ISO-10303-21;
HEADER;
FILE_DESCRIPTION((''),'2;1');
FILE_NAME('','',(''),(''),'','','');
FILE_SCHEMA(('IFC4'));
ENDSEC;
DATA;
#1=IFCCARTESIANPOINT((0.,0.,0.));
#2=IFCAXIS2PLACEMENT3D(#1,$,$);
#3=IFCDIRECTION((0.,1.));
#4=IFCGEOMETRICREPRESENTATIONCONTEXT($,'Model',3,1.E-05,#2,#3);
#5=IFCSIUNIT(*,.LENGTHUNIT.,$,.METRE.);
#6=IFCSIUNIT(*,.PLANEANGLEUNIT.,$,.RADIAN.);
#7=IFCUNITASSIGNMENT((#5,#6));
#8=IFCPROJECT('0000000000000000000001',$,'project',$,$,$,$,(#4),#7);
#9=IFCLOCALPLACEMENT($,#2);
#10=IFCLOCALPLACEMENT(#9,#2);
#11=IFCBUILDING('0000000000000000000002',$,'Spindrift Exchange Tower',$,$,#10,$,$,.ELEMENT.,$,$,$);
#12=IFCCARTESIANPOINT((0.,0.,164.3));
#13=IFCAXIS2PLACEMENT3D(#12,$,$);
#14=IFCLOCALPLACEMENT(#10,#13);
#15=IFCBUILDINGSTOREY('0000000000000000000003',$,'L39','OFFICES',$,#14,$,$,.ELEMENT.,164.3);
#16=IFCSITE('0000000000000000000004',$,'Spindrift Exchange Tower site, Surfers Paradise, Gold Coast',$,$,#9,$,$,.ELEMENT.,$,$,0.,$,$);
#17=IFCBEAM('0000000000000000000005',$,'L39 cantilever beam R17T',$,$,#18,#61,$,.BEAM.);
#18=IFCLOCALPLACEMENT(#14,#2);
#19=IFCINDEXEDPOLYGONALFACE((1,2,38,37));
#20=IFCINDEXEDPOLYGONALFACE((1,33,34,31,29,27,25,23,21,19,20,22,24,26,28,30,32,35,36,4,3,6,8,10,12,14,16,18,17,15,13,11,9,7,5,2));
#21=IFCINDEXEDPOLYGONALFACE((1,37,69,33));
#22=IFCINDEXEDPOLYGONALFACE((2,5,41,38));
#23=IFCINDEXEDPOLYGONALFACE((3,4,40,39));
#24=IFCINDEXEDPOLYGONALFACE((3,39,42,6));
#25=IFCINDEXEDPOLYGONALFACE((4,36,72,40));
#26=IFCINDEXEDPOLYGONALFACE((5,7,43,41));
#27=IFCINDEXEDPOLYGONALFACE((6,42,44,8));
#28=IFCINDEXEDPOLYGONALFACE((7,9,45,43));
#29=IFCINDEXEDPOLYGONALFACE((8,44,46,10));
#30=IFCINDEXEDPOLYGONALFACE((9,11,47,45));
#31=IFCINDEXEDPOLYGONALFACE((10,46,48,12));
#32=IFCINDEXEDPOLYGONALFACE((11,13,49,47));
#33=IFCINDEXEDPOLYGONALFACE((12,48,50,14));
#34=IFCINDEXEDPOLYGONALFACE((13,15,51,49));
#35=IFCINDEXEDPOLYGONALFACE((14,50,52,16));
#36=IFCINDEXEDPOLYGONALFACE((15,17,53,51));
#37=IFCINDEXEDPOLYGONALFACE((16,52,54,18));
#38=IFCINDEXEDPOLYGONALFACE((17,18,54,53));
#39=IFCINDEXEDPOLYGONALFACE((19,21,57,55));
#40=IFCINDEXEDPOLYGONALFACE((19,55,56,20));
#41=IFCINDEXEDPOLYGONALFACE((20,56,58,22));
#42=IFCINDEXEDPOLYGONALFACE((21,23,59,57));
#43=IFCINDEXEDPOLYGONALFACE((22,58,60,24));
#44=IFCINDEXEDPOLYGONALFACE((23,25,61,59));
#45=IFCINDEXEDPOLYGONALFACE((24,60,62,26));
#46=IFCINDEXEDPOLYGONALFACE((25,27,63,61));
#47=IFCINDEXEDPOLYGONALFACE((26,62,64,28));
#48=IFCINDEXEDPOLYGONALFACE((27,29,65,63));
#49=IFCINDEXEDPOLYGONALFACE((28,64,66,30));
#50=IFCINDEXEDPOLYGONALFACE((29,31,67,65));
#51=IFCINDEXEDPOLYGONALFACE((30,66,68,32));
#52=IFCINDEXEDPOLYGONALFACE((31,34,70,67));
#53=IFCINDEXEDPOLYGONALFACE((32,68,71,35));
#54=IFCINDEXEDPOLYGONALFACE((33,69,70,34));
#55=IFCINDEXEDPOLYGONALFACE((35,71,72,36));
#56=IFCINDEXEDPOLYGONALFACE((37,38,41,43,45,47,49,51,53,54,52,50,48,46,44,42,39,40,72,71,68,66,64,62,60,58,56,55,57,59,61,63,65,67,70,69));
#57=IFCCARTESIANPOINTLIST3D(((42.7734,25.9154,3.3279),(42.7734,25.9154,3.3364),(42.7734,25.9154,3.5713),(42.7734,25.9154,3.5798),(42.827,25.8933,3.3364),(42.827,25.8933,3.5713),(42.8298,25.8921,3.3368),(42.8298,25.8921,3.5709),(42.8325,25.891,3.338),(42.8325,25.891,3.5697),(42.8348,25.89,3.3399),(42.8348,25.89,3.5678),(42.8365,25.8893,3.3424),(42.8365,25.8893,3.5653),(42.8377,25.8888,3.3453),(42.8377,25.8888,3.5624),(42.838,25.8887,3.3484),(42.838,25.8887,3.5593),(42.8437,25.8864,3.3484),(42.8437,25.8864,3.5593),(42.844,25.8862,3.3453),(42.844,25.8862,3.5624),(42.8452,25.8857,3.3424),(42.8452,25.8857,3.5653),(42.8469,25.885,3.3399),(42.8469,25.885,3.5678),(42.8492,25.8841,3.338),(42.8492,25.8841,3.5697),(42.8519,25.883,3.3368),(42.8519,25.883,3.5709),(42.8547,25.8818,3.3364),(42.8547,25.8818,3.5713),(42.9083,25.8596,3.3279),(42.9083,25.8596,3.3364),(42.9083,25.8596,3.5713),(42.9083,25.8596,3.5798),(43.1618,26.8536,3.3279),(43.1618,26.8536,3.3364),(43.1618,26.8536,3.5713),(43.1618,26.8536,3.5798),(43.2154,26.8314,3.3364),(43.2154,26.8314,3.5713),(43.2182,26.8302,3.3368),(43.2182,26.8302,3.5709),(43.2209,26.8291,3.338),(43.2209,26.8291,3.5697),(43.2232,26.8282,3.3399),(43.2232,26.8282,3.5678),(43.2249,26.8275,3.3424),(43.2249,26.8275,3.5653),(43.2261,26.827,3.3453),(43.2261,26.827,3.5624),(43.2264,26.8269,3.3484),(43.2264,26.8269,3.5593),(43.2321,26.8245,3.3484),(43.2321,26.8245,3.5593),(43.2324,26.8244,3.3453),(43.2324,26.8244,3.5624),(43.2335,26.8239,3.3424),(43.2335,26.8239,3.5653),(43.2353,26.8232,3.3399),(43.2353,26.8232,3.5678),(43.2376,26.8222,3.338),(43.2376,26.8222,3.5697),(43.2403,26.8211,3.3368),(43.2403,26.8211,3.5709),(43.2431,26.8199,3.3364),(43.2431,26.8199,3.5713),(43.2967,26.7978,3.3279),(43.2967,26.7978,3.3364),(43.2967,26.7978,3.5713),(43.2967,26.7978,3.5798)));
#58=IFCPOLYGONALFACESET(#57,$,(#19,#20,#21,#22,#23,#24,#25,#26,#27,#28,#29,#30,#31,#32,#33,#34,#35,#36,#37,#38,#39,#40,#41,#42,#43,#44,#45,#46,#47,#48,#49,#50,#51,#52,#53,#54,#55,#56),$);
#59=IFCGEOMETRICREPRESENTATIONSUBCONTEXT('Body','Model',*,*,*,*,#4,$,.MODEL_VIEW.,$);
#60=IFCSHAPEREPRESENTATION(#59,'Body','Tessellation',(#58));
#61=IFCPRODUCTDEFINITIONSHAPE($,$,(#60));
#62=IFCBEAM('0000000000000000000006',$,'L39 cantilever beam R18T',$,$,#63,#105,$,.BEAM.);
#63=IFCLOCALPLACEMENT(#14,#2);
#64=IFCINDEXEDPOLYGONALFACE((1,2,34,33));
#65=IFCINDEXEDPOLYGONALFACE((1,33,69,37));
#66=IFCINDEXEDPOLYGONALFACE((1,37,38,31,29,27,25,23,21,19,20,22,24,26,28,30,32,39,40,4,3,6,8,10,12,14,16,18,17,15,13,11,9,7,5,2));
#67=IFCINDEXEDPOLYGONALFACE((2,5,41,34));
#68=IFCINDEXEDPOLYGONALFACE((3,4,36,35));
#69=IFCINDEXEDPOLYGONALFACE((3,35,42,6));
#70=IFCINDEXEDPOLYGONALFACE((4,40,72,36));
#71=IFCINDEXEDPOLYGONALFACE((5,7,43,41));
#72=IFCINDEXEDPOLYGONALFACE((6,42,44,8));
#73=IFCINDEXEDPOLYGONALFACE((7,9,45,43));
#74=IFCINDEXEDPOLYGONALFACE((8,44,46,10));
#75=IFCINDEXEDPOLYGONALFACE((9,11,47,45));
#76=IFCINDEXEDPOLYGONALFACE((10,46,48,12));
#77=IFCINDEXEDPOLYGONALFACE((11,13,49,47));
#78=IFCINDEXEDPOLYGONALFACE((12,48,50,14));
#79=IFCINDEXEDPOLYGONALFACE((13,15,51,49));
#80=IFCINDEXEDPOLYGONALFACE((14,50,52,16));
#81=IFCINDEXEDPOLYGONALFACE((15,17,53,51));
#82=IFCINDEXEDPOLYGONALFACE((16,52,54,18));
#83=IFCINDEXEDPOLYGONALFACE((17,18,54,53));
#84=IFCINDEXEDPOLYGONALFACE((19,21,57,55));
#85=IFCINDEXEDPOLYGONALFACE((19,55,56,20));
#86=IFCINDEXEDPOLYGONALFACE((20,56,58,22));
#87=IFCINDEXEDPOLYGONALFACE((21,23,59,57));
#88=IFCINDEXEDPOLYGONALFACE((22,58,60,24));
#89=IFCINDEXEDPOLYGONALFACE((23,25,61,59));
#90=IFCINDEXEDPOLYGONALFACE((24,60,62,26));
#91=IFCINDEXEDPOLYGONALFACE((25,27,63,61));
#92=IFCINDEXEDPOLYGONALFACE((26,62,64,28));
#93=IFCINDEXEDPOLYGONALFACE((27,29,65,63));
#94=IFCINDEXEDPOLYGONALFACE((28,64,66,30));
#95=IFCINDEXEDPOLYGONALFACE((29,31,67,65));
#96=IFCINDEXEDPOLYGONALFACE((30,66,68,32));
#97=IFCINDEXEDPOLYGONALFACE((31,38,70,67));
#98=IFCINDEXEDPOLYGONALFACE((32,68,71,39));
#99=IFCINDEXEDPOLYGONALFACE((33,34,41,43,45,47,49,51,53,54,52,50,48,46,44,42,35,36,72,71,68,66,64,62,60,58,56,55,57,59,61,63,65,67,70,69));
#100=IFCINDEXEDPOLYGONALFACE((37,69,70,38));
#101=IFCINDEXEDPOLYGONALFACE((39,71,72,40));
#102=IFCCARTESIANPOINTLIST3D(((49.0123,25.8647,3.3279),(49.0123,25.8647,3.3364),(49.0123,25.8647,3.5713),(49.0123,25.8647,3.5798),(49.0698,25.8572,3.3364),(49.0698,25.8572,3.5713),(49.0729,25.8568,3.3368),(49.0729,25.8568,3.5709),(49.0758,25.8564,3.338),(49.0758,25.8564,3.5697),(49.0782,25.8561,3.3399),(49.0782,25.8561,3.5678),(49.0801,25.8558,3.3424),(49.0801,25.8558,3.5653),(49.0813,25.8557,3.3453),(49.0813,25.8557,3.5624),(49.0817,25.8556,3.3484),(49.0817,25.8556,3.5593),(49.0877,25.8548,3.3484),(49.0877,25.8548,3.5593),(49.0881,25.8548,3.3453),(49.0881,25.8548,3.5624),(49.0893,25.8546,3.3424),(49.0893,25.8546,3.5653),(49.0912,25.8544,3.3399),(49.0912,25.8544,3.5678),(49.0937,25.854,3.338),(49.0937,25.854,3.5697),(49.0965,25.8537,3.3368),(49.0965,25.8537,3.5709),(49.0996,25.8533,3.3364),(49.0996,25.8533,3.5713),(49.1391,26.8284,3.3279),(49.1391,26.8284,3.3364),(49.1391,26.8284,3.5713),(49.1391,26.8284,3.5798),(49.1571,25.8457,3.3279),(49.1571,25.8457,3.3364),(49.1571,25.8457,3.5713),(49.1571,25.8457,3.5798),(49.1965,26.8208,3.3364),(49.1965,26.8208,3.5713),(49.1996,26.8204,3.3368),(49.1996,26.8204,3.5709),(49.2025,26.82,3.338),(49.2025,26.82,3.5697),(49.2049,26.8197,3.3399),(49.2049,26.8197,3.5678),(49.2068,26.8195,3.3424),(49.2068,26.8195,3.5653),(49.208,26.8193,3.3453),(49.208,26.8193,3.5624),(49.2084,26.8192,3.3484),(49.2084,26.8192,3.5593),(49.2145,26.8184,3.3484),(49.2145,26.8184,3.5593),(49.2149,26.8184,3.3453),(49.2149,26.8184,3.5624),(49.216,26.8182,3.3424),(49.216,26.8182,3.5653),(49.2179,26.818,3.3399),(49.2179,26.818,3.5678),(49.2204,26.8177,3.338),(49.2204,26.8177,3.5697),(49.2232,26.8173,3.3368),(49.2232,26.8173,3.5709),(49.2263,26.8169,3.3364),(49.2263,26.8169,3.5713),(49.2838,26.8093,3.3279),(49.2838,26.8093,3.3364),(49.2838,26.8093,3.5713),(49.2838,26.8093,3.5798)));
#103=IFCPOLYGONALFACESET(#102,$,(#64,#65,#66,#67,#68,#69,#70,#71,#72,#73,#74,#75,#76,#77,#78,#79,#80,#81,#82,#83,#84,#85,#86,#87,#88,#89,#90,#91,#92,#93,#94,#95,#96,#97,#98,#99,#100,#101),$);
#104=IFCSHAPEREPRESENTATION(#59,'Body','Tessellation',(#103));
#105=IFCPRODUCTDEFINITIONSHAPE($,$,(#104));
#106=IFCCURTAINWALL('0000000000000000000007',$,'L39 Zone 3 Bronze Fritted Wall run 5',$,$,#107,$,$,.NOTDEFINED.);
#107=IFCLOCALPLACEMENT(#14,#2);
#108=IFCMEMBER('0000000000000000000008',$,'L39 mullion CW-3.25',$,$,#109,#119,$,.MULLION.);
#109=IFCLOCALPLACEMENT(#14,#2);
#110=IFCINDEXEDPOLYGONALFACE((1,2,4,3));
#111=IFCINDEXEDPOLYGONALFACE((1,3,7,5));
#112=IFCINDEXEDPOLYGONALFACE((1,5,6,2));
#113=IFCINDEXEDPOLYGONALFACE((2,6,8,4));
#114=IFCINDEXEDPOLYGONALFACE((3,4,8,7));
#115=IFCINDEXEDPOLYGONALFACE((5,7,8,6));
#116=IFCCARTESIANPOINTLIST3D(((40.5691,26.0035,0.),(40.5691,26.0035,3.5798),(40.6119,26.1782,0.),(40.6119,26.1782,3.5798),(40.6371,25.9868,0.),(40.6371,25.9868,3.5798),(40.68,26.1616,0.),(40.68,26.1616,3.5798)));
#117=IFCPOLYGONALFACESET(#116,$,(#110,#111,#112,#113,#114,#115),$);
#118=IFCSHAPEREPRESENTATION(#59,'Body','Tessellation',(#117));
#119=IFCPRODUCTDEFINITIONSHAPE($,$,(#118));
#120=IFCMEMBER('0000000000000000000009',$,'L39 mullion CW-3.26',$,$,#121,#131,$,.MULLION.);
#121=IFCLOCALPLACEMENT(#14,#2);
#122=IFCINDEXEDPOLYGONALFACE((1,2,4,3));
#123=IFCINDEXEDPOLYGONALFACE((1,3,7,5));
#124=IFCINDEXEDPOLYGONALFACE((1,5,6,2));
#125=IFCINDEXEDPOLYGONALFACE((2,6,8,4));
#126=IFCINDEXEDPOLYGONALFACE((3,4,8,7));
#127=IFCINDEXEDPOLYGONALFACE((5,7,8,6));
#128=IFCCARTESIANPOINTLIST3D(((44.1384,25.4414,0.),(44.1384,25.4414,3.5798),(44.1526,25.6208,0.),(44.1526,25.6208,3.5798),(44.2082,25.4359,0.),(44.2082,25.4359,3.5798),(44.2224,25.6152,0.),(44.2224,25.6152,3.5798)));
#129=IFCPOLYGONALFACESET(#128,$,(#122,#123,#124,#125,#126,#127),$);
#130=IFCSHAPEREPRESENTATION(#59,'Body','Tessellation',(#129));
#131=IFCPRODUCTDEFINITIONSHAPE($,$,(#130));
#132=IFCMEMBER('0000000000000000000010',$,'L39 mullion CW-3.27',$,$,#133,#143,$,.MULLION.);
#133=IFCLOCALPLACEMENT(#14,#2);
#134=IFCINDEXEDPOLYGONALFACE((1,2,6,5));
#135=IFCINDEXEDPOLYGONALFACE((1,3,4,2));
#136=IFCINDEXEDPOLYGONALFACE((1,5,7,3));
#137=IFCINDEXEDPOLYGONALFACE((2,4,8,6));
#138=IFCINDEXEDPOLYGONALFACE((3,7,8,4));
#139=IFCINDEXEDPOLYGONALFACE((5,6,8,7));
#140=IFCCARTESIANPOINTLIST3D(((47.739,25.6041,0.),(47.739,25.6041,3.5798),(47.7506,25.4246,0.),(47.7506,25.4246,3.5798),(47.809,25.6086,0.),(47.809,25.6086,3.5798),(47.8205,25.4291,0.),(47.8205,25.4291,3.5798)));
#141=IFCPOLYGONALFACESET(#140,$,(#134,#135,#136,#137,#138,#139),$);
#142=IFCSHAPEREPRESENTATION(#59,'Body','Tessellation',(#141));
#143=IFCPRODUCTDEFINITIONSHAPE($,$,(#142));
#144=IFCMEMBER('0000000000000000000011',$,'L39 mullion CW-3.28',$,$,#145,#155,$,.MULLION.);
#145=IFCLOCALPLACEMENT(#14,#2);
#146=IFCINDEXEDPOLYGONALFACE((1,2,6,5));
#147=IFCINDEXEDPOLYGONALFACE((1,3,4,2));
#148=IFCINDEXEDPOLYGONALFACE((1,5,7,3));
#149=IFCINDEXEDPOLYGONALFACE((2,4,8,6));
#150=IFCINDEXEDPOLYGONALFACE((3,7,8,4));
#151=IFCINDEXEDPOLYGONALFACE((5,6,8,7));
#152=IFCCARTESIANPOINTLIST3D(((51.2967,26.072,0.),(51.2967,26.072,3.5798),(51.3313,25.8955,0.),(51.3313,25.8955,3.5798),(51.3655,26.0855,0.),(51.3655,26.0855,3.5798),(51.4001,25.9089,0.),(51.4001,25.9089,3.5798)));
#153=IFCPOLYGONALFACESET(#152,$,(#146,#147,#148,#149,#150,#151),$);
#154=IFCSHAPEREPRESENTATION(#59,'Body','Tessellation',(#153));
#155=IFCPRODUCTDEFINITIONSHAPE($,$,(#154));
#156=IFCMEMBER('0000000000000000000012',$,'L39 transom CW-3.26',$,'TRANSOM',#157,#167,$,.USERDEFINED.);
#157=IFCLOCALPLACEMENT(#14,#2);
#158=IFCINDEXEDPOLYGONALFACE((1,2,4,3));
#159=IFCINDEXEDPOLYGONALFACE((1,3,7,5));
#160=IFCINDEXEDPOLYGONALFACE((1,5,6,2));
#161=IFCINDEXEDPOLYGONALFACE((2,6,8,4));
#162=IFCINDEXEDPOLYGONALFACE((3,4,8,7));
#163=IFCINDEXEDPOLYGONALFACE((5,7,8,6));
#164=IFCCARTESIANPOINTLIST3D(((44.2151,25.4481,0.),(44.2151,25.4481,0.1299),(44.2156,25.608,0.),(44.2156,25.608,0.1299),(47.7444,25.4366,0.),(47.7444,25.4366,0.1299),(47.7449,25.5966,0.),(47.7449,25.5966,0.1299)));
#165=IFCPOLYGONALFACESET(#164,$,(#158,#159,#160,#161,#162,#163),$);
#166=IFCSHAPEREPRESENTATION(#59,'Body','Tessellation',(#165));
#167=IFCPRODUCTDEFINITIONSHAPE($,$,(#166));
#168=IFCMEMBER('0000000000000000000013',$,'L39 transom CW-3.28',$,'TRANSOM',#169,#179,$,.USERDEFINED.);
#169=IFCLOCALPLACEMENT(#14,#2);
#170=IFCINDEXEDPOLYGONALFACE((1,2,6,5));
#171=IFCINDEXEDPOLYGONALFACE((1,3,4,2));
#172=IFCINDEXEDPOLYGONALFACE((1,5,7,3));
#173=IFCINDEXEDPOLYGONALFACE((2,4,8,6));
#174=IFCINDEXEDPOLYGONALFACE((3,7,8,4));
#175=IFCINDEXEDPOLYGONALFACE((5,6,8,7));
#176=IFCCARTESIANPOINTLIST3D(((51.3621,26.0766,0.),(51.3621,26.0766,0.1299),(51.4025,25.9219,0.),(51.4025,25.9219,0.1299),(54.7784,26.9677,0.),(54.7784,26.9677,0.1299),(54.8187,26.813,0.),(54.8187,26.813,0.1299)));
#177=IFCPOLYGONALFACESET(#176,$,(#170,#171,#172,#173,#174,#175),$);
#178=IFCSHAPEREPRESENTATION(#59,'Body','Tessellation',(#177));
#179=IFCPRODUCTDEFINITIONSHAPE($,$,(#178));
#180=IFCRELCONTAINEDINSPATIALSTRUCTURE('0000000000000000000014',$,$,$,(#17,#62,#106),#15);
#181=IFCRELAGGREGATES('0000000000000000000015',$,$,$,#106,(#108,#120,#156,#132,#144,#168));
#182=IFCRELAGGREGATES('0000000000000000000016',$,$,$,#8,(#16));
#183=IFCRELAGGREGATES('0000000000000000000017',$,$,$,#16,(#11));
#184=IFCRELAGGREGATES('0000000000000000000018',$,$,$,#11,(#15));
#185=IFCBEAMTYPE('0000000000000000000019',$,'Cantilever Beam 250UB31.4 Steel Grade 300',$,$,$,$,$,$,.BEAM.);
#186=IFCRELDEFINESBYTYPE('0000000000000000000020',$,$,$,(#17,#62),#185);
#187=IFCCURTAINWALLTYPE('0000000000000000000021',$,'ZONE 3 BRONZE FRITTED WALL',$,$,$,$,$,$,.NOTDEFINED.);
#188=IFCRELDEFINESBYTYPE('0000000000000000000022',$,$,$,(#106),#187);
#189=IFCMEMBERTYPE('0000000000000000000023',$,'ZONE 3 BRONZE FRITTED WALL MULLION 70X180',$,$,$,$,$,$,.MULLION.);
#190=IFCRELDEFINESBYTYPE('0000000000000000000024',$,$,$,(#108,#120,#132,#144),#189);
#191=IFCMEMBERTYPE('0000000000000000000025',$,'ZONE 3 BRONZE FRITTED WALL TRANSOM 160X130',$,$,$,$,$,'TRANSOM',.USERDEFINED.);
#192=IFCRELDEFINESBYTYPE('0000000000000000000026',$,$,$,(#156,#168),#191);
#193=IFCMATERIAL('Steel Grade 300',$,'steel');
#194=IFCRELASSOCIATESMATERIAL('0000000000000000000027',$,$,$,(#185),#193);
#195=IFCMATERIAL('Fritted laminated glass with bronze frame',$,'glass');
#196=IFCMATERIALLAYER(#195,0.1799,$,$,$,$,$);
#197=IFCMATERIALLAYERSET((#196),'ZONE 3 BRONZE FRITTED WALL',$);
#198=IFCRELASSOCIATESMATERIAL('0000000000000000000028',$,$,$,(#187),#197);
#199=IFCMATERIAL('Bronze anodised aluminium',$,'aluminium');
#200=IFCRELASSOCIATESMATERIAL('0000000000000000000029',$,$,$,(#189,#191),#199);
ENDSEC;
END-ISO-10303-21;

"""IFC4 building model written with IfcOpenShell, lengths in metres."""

from ifc_helpers import new_model, si_unit, direction, frame, origin, origin_2d, place, context, subcontext, project, spatial, rectangle, i_section, extrude, source, transform, mapped, material, layer, layer_set, material_profile, profile_set, type_object, element, aggregate, save


model = new_model("IFC4")

# Units and contexts
model_context = context("Model", 3, precision=1e-05, world=origin(), true_north=direction((0.0, 1.0)))
body_context = subcontext(model_context, "Body", "Model", "MODEL_VIEW")
ifc_project = project(units=[si_unit("LENGTHUNIT", "METRE"), si_unit("PLANEANGLEUNIT", "RADIAN")], contexts=[model_context])

# Site, building, storey
site_placement = place(None, origin())
site = spatial("IfcSite", under=ifc_project, at=site_placement, Name="Spindrift Exchange Tower site, Surfers Paradise, Gold Coast", CompositionType="ELEMENT", RefElevation=0.0)
building_placement = place(site_placement, origin())
building = spatial("IfcBuilding", under=site, at=building_placement, Name="Spindrift Exchange Tower", CompositionType="ELEMENT")
storey_placement = place(building_placement, frame((0.0, 0.0, 164.3)))
storey = spatial("IfcBuildingStorey", under=building, at=storey_placement, Name="L39", Description="OFFICES", CompositionType="ELEMENT", Elevation=164.3)

# Beams
ifc_material_1 = material(Name="Steel Grade 300", Category="steel")
ifc_material_profile_1 = material_profile(ifc_material_1, i_section(OverallWidth=0.146, OverallDepth=0.252, WebThickness=0.0061, FlangeThickness=0.0085, FilletRadius=0.012, at=origin_2d()), Name="250UB31.4")
ifc_profile_set_1 = profile_set([ifc_material_profile_1], Name="Steel Grade 300")
beam_type_1 = type_object("IfcBeamType", Name="Cantilever Beam 250UB31.4 Steel Grade 300", PredefinedType="BEAM", material=ifc_profile_set_1)
shared_shape_1 = source(origin(), body_context, "Body", "SweptSolid", [
    extrude(i_section(OverallWidth=0.146, OverallDepth=0.252, WebThickness=0.0061, FlangeThickness=0.0085, FilletRadius=0.012, at=origin_2d()), origin(), (0.0, 0.0, 1.0), 1.0154),
])
beam_1_placement = place(storey_placement, frame((43.2292, 26.8257, 3.4539), z_axis=(-0.382515, -0.923949, 0.0), x_axis=(0.923949, -0.382515, 0.0)))
element("IfcBeam", 1, at=beam_1_placement, inside=storey, type_object=beam_type_1, Name="L39 cantilever beam R17T", PredefinedType="BEAM", context=body_context, shape_type="MappedRepresentation", body=[
    mapped(shared_shape_1, transform((0.0, 0.0, 0.0), scale=1.0)),
])
shared_shape_2 = source(origin(), body_context, "Body", "SweptSolid", [
    extrude(i_section(OverallWidth=0.146, OverallDepth=0.252, WebThickness=0.0061, FlangeThickness=0.0085, FilletRadius=0.012, at=origin_2d()), origin(), (0.0, 0.0, 1.0), 0.9719),
])
beam_2_placement = place(storey_placement, frame((49.2114, 26.8188, 3.4539), z_axis=(-0.13037, -0.991465, 0.0), x_axis=(0.991465, -0.13037, 0.0)))
element("IfcBeam", 2, at=beam_2_placement, inside=storey, type_object=beam_type_1, Name="L39 cantilever beam R18T", PredefinedType="BEAM", context=body_context, shape_type="MappedRepresentation", body=[
    mapped(shared_shape_2, transform((0.0, 0.0, 0.0), scale=1.0)),
])

# Curtain wall, members
ifc_material_2 = material(Name="Fritted laminated glass with bronze frame", Category="glass")
ifc_layer_1 = layer(ifc_material_2, 0.1799)
ifc_layer_set_1 = layer_set([ifc_layer_1], Name="ZONE 3 BRONZE FRITTED WALL")
curtain_wall_type = type_object("IfcCurtainWallType", Name="ZONE 3 BRONZE FRITTED WALL", PredefinedType="NOTDEFINED", material=ifc_layer_set_1)
curtain_wall_placement = place(storey_placement, origin())
curtain_wall = element("IfcCurtainWall", 3, at=curtain_wall_placement, inside=storey, type_object=curtain_wall_type, Name="L39 Zone 3 Bronze Fritted Wall run 5", PredefinedType="NOTDEFINED")
ifc_material_3 = material(Name="Bronze anodised aluminium", Category="aluminium")
ifc_material_profile_2 = material_profile(ifc_material_3, rectangle(XDim=0.0701, YDim=0.1799, at=origin_2d()), Name="ZONE 3 BRONZE FRITTED WALL MULLION 70X180")
ifc_profile_set_2 = profile_set([ifc_material_profile_2], Name="Bronze anodised aluminium")
member_type_1 = type_object("IfcMemberType", Name="ZONE 3 BRONZE FRITTED WALL MULLION 70X180", PredefinedType="MULLION", material=ifc_profile_set_2)
shared_shape_3 = source(origin(), body_context, "Body", "SweptSolid", [
    extrude(rectangle(XDim=0.0701, YDim=0.1799, at=origin_2d()), origin(), (0.0, 0.0, 1.0), 3.5798),
])
member_1_placement = place(storey_placement, frame((40.6245, 26.0825, 0.0), z_axis=(0.0, 0.0, 1.0), x_axis=(0.971256, -0.238039, 0.0)))
member_1 = element("IfcMember", 4, at=member_1_placement, type_object=member_type_1, Name="L39 mullion CW-3.25", PredefinedType="MULLION", context=body_context, shape_type="MappedRepresentation", body=[
    mapped(shared_shape_3, transform((0.0, 0.0, 0.0), scale=1.0)),
])
member_2_placement = place(storey_placement, frame((44.1804, 25.5283, 0.0), z_axis=(0.0, 0.0, 1.0), x_axis=(0.996884, -0.078878, 0.0)))
member_2 = element("IfcMember", 5, at=member_2_placement, type_object=member_type_1, Name="L39 mullion CW-3.26", PredefinedType="MULLION", context=body_context, shape_type="MappedRepresentation", body=[
    mapped(shared_shape_3, transform((0.0, 0.0, 0.0), scale=1.0)),
])
member_3_placement = place(storey_placement, frame((47.7798, 25.5166, 0.0), z_axis=(0.0, 0.0, 1.0), x_axis=(0.997927, 0.064353, 0.0)))
member_3 = element("IfcMember", 6, at=member_3_placement, type_object=member_type_1, Name="L39 mullion CW-3.27", PredefinedType="MULLION", context=body_context, shape_type="MappedRepresentation", body=[
    mapped(shared_shape_3, transform((0.0, 0.0, 0.0), scale=1.0)),
])
member_4_placement = place(storey_placement, frame((51.3484, 25.9905, 0.0), z_axis=(0.0, 0.0, 1.0), x_axis=(0.981319, 0.192387, 0.0)))
member_4 = element("IfcMember", 7, at=member_4_placement, type_object=member_type_1, Name="L39 mullion CW-3.28", PredefinedType="MULLION", context=body_context, shape_type="MappedRepresentation", body=[
    mapped(shared_shape_3, transform((0.0, 0.0, 0.0), scale=1.0)),
])
ifc_material_profile_3 = material_profile(ifc_material_3, rectangle(XDim=0.1599, YDim=0.1299, at=origin_2d()), Name="ZONE 3 BRONZE FRITTED WALL TRANSOM 160X130")
ifc_profile_set_3 = profile_set([ifc_material_profile_3], Name="Bronze anodised aluminium")
member_type_2 = type_object("IfcMemberType", Name="ZONE 3 BRONZE FRITTED WALL TRANSOM 160X130", ElementType="TRANSOM", PredefinedType="USERDEFINED", material=ifc_profile_set_3)
shared_shape_4 = source(origin(), body_context, "Body", "SweptSolid", [
    extrude(rectangle(XDim=0.1599, YDim=0.1299, at=origin_2d()), origin(), (0.0, 0.0, 1.0), 3.5293),
])
member_5_placement = place(storey_placement, frame((44.2153, 25.5281, 0.0649), z_axis=(0.999995, -0.003251, 0.0), x_axis=(0.003251, 0.999995, 0.0)))
member_5 = element("IfcMember", 8, at=member_5_placement, type_object=member_type_2, Name="L39 transom CW-3.26", ObjectType="TRANSOM", PredefinedType="USERDEFINED", context=body_context, shape_type="MappedRepresentation", body=[
    mapped(shared_shape_4, transform((0.0, 0.0, 0.0), scale=1.0)),
])
shared_shape_5 = source(origin(), body_context, "Body", "SweptSolid", [
    extrude(rectangle(XDim=0.1599, YDim=0.1299, at=origin_2d()), origin(), (0.0, 0.0, 1.0), 3.5305),
])
member_6_placement = place(storey_placement, frame((51.3823, 25.9993, 0.0649), z_axis=(0.967623, 0.252399, 0.0), x_axis=(-0.252399, 0.967623, 0.0)))
member_6 = element("IfcMember", 9, at=member_6_placement, type_object=member_type_2, Name="L39 transom CW-3.28", ObjectType="TRANSOM", PredefinedType="USERDEFINED", context=body_context, shape_type="MappedRepresentation", body=[
    mapped(shared_shape_5, transform((0.0, 0.0, 0.0), scale=1.0)),
])
aggregate(curtain_wall, [member_1, member_2, member_5, member_3, member_4, member_6])

save(model, "model.ifc")
